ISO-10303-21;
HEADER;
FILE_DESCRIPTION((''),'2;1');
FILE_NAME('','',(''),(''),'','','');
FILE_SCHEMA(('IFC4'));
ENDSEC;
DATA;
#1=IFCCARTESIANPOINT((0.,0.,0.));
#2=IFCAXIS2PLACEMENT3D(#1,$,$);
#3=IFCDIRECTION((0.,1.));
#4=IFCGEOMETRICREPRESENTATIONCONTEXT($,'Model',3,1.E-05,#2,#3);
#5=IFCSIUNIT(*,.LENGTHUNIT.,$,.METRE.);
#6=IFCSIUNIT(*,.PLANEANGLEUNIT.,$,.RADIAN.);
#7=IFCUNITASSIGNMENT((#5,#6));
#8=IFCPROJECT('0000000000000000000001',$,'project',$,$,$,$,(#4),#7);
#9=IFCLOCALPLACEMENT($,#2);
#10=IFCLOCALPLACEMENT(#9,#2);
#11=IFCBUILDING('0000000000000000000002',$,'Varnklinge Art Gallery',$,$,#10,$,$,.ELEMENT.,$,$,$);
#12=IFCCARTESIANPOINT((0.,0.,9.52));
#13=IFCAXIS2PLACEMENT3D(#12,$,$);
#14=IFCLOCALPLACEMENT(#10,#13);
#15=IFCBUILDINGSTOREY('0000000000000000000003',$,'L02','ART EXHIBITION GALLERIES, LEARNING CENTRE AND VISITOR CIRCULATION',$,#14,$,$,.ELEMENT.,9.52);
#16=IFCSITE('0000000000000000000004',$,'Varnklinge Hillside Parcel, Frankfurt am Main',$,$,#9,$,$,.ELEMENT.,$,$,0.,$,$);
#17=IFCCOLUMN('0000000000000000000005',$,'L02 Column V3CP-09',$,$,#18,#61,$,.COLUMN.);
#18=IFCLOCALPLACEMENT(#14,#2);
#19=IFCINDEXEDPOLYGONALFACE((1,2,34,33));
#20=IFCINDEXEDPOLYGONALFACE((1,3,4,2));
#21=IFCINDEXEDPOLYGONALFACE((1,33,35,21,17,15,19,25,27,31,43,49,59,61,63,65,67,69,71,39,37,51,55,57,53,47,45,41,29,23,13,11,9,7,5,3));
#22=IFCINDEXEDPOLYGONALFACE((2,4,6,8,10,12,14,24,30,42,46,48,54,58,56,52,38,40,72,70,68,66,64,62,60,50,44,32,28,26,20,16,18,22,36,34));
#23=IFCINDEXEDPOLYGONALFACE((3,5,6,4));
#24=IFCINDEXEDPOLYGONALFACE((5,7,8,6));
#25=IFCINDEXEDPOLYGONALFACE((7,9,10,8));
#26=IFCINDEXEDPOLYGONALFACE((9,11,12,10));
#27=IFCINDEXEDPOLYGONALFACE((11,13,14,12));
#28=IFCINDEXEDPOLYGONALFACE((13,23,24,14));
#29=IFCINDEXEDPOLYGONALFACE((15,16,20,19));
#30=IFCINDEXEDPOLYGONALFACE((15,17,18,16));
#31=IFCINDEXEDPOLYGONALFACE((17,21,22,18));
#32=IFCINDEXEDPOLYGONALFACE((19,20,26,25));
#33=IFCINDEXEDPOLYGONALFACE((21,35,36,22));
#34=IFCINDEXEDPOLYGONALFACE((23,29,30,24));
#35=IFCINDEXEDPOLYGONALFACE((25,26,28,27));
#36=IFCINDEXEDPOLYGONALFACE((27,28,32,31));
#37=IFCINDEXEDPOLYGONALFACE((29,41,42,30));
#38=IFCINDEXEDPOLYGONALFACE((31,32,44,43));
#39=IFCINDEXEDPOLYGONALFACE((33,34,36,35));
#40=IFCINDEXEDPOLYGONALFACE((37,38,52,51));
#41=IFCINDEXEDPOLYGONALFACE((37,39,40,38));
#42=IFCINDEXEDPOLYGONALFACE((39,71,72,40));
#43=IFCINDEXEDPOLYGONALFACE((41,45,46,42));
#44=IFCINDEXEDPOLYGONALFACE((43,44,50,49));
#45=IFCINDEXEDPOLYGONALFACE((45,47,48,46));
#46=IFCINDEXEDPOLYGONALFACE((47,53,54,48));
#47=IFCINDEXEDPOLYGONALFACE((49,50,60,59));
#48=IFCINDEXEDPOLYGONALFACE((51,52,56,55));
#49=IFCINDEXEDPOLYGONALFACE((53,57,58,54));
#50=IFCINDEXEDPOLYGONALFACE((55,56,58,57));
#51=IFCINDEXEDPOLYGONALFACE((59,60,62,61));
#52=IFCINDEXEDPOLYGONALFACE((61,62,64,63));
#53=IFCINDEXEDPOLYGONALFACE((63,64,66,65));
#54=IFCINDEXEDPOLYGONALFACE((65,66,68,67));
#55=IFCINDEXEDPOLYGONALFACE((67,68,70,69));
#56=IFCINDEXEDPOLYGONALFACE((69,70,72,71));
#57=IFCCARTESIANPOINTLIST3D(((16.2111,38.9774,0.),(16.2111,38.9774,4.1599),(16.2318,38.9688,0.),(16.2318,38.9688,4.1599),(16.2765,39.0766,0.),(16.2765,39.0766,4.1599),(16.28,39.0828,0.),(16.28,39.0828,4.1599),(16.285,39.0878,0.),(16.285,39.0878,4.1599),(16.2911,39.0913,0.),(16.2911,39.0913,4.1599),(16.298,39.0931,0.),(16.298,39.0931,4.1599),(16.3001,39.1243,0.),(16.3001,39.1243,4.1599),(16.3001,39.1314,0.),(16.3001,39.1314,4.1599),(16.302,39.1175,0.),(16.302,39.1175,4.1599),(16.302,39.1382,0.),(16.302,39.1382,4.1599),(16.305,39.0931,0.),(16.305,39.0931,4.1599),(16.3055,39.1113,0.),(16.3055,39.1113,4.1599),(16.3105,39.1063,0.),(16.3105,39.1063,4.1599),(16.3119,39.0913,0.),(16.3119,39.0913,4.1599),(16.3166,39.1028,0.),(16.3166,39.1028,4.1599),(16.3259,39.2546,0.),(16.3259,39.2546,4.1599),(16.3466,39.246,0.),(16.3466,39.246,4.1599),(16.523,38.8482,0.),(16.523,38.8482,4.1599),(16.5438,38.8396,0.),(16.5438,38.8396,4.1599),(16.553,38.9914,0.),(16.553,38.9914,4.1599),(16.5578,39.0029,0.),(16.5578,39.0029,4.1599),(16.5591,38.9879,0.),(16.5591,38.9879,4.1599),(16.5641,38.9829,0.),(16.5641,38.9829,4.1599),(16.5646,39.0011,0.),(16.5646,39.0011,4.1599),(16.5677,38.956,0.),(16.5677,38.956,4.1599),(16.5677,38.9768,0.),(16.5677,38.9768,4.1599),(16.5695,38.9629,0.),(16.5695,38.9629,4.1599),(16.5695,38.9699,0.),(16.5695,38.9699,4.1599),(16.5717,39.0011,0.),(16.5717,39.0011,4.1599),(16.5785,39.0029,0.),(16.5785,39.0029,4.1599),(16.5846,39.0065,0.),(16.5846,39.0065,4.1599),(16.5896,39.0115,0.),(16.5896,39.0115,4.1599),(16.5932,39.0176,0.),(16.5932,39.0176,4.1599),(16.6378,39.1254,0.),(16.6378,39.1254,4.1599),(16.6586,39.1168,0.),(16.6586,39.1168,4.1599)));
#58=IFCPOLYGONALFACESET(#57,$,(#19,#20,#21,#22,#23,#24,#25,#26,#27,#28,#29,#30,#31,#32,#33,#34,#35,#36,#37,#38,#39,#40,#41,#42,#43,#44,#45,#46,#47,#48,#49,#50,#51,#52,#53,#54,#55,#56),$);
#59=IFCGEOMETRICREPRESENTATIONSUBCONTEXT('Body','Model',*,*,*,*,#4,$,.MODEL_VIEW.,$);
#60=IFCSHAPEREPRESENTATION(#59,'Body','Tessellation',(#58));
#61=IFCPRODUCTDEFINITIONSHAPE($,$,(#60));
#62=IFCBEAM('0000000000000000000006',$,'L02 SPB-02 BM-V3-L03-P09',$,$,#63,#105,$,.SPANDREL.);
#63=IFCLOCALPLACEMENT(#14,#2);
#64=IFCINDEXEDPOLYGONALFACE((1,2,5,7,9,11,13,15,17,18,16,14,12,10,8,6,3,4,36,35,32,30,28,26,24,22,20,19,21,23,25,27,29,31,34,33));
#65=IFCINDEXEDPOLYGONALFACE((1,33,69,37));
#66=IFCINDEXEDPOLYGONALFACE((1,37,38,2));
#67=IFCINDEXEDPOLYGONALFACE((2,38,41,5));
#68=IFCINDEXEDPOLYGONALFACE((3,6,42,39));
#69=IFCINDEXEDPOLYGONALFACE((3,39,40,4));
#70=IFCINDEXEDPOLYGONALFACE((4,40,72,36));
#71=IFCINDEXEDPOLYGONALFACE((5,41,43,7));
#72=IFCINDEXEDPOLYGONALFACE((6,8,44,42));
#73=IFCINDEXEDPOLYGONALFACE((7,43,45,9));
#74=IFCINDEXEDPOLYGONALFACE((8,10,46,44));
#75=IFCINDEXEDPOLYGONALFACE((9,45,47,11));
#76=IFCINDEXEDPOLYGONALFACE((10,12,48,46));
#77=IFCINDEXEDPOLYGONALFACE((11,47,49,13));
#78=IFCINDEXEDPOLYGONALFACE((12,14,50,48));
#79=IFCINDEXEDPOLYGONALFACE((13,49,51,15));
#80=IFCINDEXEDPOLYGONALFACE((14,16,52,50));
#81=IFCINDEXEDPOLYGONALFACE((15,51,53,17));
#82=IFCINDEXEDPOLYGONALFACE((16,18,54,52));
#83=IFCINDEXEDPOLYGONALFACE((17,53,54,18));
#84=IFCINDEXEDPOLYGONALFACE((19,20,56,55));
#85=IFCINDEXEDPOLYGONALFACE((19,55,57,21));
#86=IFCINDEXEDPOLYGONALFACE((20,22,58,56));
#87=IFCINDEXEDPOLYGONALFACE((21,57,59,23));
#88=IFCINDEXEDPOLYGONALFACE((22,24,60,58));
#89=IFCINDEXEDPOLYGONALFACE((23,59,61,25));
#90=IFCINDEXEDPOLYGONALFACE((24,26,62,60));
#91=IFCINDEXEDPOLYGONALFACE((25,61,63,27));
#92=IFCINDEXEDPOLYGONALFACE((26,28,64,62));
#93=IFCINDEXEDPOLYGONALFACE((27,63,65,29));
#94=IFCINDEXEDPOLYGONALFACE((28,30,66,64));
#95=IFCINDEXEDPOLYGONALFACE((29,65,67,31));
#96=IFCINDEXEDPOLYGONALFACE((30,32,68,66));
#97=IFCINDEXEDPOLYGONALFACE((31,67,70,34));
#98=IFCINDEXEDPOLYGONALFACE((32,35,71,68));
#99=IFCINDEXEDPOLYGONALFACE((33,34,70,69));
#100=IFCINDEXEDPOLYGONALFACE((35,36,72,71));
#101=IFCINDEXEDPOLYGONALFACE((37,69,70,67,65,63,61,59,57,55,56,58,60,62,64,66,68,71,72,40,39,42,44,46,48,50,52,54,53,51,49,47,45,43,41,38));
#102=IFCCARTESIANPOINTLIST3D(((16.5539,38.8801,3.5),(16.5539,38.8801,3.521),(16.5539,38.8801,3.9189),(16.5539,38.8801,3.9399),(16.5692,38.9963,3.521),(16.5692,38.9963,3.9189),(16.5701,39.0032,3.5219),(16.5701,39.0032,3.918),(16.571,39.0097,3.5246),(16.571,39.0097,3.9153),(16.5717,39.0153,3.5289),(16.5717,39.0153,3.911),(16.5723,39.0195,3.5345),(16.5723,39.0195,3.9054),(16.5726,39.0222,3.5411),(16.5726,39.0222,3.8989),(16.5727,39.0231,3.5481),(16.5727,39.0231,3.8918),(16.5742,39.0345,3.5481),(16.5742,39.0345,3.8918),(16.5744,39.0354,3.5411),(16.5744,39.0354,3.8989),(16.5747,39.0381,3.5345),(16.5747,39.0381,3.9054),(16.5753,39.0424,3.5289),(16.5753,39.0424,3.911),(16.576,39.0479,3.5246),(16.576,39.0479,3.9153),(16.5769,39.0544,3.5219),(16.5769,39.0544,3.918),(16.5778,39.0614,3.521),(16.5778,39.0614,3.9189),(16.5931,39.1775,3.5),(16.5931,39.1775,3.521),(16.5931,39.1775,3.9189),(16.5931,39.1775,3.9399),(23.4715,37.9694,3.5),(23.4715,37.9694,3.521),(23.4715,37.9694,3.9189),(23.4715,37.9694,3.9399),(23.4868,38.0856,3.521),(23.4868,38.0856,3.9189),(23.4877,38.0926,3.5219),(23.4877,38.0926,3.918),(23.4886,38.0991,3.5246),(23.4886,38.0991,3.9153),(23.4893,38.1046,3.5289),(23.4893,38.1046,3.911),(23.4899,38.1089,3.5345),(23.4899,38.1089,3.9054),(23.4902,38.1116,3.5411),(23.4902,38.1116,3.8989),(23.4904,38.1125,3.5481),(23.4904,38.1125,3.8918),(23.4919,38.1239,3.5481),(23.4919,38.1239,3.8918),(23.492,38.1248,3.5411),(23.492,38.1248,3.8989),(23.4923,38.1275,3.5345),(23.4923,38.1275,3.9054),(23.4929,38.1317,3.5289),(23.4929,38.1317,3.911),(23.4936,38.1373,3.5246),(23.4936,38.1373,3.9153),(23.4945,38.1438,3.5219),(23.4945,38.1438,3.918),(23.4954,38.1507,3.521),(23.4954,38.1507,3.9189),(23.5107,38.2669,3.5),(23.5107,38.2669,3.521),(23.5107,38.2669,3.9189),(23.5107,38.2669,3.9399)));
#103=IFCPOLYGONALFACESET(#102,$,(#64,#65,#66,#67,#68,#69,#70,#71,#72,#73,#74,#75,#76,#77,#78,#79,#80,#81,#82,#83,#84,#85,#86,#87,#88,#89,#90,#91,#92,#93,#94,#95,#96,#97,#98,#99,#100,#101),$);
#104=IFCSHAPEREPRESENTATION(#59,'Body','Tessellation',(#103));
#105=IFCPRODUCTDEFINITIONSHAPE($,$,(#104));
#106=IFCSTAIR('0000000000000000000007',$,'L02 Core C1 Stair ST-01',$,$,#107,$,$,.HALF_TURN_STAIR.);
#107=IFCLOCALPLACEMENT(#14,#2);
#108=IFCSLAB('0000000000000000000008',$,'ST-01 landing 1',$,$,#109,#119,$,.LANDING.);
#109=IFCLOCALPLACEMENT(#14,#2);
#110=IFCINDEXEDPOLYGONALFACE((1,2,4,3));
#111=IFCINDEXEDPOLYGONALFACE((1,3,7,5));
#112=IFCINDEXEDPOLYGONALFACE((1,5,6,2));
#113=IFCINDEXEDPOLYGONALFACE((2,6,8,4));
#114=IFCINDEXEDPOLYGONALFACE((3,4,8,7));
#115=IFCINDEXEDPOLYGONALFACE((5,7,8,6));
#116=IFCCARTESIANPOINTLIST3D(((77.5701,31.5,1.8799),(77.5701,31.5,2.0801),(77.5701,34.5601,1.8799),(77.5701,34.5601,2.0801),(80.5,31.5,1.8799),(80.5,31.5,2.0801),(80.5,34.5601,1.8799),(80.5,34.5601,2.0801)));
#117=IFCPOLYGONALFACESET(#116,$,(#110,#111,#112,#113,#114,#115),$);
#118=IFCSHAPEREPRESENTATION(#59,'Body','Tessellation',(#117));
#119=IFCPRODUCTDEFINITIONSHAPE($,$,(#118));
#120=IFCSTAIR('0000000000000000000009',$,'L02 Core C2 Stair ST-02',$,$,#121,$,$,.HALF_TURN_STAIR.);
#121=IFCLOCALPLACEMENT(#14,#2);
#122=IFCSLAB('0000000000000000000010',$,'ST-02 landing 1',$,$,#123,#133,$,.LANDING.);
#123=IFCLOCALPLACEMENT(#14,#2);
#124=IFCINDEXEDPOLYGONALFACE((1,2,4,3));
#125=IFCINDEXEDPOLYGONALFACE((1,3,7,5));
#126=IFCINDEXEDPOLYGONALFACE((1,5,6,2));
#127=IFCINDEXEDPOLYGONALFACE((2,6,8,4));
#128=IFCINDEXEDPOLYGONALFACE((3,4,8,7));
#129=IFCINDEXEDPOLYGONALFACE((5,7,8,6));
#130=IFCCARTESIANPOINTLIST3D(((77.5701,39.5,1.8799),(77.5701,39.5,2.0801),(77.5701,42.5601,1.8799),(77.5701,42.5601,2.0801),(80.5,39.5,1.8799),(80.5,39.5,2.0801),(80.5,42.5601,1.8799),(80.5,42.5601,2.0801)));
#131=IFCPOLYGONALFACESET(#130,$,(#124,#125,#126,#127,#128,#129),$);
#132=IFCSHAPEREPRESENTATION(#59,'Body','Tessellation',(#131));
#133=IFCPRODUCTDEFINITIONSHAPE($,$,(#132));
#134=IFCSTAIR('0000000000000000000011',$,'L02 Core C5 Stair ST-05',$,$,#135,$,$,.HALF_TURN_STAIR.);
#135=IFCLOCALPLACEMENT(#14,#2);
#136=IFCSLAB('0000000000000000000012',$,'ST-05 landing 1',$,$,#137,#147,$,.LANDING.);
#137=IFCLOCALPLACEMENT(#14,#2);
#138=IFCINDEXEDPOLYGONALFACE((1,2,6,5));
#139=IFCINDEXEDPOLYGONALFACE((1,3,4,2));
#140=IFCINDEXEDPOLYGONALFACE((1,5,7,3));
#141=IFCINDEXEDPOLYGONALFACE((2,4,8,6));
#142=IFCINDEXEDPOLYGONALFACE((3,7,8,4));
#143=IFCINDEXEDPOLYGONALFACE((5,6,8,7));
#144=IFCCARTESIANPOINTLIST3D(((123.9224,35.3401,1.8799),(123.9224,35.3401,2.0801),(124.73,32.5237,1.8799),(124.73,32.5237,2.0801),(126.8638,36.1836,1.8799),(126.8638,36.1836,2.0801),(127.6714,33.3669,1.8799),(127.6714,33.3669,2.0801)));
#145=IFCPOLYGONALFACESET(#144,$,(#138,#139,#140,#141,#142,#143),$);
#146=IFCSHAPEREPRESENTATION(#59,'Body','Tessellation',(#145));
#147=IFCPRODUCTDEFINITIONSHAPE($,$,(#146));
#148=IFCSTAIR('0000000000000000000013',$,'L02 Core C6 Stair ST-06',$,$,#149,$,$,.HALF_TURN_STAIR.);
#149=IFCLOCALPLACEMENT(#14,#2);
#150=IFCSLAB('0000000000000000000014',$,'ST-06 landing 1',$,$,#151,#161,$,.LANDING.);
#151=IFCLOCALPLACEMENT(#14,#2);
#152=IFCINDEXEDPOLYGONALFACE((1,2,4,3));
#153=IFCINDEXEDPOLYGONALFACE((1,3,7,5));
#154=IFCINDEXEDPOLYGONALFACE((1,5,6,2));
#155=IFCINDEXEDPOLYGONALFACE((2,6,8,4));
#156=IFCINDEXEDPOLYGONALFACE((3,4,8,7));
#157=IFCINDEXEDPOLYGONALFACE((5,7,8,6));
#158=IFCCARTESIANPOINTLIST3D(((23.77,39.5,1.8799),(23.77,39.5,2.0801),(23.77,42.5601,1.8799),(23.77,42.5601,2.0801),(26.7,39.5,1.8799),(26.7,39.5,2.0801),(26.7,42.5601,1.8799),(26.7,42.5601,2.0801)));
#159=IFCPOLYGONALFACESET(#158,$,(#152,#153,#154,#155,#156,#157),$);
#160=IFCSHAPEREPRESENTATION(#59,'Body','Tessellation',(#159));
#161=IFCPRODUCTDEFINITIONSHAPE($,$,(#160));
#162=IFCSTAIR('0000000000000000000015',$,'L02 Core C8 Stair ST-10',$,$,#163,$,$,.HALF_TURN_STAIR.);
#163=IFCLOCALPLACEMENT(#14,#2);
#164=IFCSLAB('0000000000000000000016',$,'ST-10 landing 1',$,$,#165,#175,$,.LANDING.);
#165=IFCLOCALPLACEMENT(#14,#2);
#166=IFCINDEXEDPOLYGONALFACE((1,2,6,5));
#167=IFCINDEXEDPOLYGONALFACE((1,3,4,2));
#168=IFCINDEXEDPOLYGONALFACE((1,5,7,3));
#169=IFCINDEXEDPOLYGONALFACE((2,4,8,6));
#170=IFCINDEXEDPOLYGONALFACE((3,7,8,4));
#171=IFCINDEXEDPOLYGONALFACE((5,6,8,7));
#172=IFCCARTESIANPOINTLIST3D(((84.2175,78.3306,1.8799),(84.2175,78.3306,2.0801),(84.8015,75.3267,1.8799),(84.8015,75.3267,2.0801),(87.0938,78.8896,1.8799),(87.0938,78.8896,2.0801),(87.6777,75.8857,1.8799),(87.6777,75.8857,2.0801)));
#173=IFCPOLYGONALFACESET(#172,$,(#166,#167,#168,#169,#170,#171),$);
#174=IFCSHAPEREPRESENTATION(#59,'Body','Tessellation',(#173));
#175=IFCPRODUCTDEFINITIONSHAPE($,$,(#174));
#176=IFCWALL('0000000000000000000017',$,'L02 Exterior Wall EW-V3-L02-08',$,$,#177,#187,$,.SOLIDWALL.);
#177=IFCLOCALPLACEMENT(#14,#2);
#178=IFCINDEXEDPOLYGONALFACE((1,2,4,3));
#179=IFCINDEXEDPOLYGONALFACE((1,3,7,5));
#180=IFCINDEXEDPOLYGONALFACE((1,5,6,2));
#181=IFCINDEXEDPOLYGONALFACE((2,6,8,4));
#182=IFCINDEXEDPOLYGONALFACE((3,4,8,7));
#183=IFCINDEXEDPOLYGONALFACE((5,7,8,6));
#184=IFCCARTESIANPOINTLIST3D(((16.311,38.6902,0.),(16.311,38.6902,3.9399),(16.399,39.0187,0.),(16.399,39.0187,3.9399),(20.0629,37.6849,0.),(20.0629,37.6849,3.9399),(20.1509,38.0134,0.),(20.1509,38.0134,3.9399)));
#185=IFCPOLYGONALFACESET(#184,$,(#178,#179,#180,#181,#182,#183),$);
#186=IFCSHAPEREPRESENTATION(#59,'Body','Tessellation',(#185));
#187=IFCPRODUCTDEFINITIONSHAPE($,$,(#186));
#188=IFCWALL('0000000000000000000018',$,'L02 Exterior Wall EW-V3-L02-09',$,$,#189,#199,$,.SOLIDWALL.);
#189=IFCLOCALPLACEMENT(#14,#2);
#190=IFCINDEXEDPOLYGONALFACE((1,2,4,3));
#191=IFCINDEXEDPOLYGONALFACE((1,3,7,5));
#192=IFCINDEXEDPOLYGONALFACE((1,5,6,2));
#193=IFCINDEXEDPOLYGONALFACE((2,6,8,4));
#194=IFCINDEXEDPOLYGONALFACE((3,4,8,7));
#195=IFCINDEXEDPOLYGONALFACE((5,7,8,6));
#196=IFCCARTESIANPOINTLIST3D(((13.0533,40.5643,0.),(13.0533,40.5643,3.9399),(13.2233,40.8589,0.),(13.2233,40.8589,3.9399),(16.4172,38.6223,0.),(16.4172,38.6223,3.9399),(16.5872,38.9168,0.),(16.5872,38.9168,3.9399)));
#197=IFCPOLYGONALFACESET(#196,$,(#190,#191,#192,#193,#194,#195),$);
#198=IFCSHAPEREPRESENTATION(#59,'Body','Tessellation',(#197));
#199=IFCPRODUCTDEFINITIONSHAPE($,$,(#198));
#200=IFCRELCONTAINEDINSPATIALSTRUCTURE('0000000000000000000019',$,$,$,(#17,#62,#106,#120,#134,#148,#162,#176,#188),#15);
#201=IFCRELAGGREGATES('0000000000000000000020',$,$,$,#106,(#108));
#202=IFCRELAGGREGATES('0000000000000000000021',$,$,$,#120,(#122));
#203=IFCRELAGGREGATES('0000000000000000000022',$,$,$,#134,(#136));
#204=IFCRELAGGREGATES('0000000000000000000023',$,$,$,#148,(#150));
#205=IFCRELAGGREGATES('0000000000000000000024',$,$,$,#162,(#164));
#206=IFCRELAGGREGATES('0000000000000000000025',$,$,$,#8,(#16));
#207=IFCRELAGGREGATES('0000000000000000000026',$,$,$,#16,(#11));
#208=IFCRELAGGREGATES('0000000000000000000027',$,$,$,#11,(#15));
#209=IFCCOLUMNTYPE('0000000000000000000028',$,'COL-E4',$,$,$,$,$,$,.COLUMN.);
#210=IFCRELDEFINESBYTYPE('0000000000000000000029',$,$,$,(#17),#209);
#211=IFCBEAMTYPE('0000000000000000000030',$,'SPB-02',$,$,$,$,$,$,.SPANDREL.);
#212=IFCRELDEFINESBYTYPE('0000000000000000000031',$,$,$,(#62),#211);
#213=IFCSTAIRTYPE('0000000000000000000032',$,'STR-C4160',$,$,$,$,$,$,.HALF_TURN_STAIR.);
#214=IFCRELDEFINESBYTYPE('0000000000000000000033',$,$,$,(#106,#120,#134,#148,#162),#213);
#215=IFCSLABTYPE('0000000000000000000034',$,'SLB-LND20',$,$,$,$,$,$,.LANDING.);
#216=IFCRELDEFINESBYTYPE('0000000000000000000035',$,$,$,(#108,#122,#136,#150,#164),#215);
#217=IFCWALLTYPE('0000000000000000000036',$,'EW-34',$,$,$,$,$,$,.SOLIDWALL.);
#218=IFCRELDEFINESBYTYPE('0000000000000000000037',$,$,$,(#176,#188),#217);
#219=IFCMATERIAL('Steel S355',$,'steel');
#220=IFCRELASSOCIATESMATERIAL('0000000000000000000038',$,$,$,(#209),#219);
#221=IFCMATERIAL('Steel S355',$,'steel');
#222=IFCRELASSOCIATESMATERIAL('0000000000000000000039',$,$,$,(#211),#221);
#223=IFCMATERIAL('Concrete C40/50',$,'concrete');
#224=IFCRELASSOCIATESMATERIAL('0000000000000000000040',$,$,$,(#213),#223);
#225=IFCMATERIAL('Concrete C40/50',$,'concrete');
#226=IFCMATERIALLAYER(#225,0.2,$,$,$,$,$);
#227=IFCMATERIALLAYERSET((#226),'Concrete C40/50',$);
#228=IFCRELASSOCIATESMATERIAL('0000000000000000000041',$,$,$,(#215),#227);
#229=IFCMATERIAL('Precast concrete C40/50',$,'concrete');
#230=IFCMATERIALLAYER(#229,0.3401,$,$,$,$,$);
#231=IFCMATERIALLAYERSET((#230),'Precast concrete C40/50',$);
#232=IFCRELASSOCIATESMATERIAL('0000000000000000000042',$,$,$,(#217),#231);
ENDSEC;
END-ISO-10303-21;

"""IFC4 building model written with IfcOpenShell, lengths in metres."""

from ifc_helpers import new_model, si_unit, direction, frame, frame_2d, origin, origin_2d, place, context, subcontext, project, spatial, polyline, rectangle, i_section, outline, extrude, material, layer, layer_set, material_profile, profile_set, type_object, element, aggregate, save


model = new_model("IFC4")

# Units and contexts
model_context = context("Model", 3, precision=1e-05, world=origin(), true_north=direction((0.0, 1.0)))
body_context = subcontext(model_context, "Body", "Model", "MODEL_VIEW")
ifc_project = project(units=[si_unit("LENGTHUNIT", "METRE"), si_unit("PLANEANGLEUNIT", "RADIAN")], contexts=[model_context])

# Site, building, storey
site_placement = place(None, origin())
site = spatial("IfcSite", under=ifc_project, at=site_placement, Name="Varnklinge Hillside Parcel, Frankfurt am Main", CompositionType="ELEMENT", RefElevation=0.0)
building_placement = place(site_placement, origin())
building = spatial("IfcBuilding", under=site, at=building_placement, Name="Varnklinge Art Gallery", CompositionType="ELEMENT")
storey_placement = place(building_placement, frame((0.0, 0.0, 9.52)))
storey = spatial("IfcBuildingStorey", under=building, at=storey_placement, Name="L02", Description="ART EXHIBITION GALLERIES, LEARNING CENTRE AND VISITOR CIRCULATION", CompositionType="ELEMENT", Elevation=9.52)

# Column
ifc_material_1 = material(Name="Steel S355", Category="steel")
ifc_material_profile_1 = material_profile(ifc_material_1, i_section(OverallWidth=0.3, OverallDepth=0.3601, WebThickness=0.0125, FlangeThickness=0.0225, FilletRadius=0.0271, at=origin_2d()), Name="HEB 360")
ifc_profile_set_1 = profile_set([ifc_material_profile_1], Name="Steel S355")
column_type = type_object("IfcColumnType", Name="COL-E4", PredefinedType="COLUMN", material=ifc_profile_set_1)
column_placement = place(storey_placement, frame((16.4348, 39.0471, 0.0), z_axis=(0.0, 0.0, 1.0), x_axis=(-0.382683, -0.92388, 0.0)))
element("IfcColumn", 1, at=column_placement, inside=storey, type_object=column_type, Name="L02 Column V3CP-09", PredefinedType="COLUMN", context=body_context, shape_type="SweptSolid", body=[
    extrude(i_section(OverallWidth=0.3, OverallDepth=0.3601, WebThickness=0.0125, FlangeThickness=0.0225, FilletRadius=0.0271, at=origin_2d()), origin(), (0.0, 0.0, 1.0), 4.1599),
])

# Beam
ifc_material_2 = material(Name="Steel S355", Category="steel")
ifc_material_profile_2 = material_profile(ifc_material_2, i_section(OverallWidth=0.3, OverallDepth=0.4399, WebThickness=0.0115, FlangeThickness=0.021, FilletRadius=0.0271, at=origin_2d()), Name="HEA 450")
ifc_profile_set_2 = profile_set([ifc_material_profile_2], Name="Steel S355")
beam_type = type_object("IfcBeamType", Name="SPB-02", PredefinedType="SPANDREL", material=ifc_profile_set_2)
beam_placement = place(storey_placement, frame((16.5735, 39.0288, 3.72), z_axis=(0.991447, -0.130513, 0.0), x_axis=(0.130513, 0.991447, 0.0)))
element("IfcBeam", 2, at=beam_placement, inside=storey, type_object=beam_type, Name="L02 SPB-02 BM-V3-L03-P09", PredefinedType="SPANDREL", context=body_context, shape_type="SweptSolid", body=[
    extrude(i_section(OverallWidth=0.3, OverallDepth=0.4399, WebThickness=0.0115, FlangeThickness=0.021, FilletRadius=0.0271, at=origin_2d()), origin(), (0.0, 0.0, 1.0), 6.9773),
])

# Stairs, slabs
ifc_material_3 = material(Name="Concrete C40/50", Category="concrete")
stair_type = type_object("IfcStairType", Name="STR-C4160", PredefinedType="HALF_TURN_STAIR", material=ifc_material_3)
stair_1_placement = place(storey_placement, origin())
stair_1 = element("IfcStair", 3, at=stair_1_placement, inside=storey, type_object=stair_type, Name="L02 Core C1 Stair ST-01", PredefinedType="HALF_TURN_STAIR")
ifc_material_4 = material(Name="Concrete C40/50", Category="concrete")
ifc_layer_1 = layer(ifc_material_4, 0.2)
ifc_layer_set_1 = layer_set([ifc_layer_1], Name="Concrete C40/50")
slab_type = type_object("IfcSlabType", Name="SLB-LND20", PredefinedType="LANDING", material=ifc_layer_set_1)
slab_1_placement = place(storey_placement, frame((0.0, 0.0, 1.8799)))
slab_1 = element("IfcSlab", 4, at=slab_1_placement, type_object=slab_type, Name="ST-01 landing 1", PredefinedType="LANDING", context=body_context, shape_type="SweptSolid", body=[
    extrude(outline(polyline([(77.5701, 31.5), (80.5, 31.5), (80.5, 34.5601), (77.5701, 34.5601), (77.5701, 31.5)])), origin(), (0.0, 0.0, 1.0), 0.2002),
])
aggregate(stair_1, [slab_1])
stair_2_placement = place(storey_placement, origin())
stair_2 = element("IfcStair", 5, at=stair_2_placement, inside=storey, type_object=stair_type, Name="L02 Core C2 Stair ST-02", PredefinedType="HALF_TURN_STAIR")
slab_2_placement = place(storey_placement, frame((0.0, 0.0, 1.8799)))
slab_2 = element("IfcSlab", 6, at=slab_2_placement, type_object=slab_type, Name="ST-02 landing 1", PredefinedType="LANDING", context=body_context, shape_type="SweptSolid", body=[
    extrude(outline(polyline([(77.5701, 39.5), (80.5, 39.5), (80.5, 42.5601), (77.5701, 42.5601), (77.5701, 39.5)])), origin(), (0.0, 0.0, 1.0), 0.2002),
])
aggregate(stair_2, [slab_2])
stair_3_placement = place(storey_placement, origin())
stair_3 = element("IfcStair", 7, at=stair_3_placement, inside=storey, type_object=stair_type, Name="L02 Core C5 Stair ST-05", PredefinedType="HALF_TURN_STAIR")
slab_3_placement = place(storey_placement, frame((0.0, 0.0, 1.8799)))
slab_3 = element("IfcSlab", 8, at=slab_3_placement, type_object=slab_type, Name="ST-05 landing 1", PredefinedType="LANDING", context=body_context, shape_type="SweptSolid", body=[
    extrude(outline(polyline([(127.6714, 33.3669), (126.8638, 36.1836), (123.9224, 35.3401), (124.73, 32.5237), (127.6714, 33.3669)])), origin(), (0.0, 0.0, 1.0), 0.2002),
])
aggregate(stair_3, [slab_3])
stair_4_placement = place(storey_placement, origin())
stair_4 = element("IfcStair", 9, at=stair_4_placement, inside=storey, type_object=stair_type, Name="L02 Core C6 Stair ST-06", PredefinedType="HALF_TURN_STAIR")
slab_4_placement = place(storey_placement, frame((0.0, 0.0, 1.8799)))
slab_4 = element("IfcSlab", 10, at=slab_4_placement, type_object=slab_type, Name="ST-06 landing 1", PredefinedType="LANDING", context=body_context, shape_type="SweptSolid", body=[
    extrude(outline(polyline([(23.77, 39.5), (26.7, 39.5), (26.7, 42.5601), (23.77, 42.5601), (23.77, 39.5)])), origin(), (0.0, 0.0, 1.0), 0.2002),
])
aggregate(stair_4, [slab_4])
stair_5_placement = place(storey_placement, origin())
stair_5 = element("IfcStair", 11, at=stair_5_placement, inside=storey, type_object=stair_type, Name="L02 Core C8 Stair ST-10", PredefinedType="HALF_TURN_STAIR")
slab_5_placement = place(storey_placement, frame((0.0, 0.0, 1.8799)))
slab_5 = element("IfcSlab", 12, at=slab_5_placement, type_object=slab_type, Name="ST-10 landing 1", PredefinedType="LANDING", context=body_context, shape_type="SweptSolid", body=[
    extrude(outline(polyline([(84.8015, 75.3267), (87.6777, 75.8857), (87.0938, 78.8896), (84.2175, 78.3306), (84.8015, 75.3267)])), origin(), (0.0, 0.0, 1.0), 0.2002),
])
aggregate(stair_5, [slab_5])

# Walls
ifc_material_5 = material(Name="Precast concrete C40/50", Category="concrete")
ifc_layer_2 = layer(ifc_material_5, 0.3401)
ifc_layer_set_2 = layer_set([ifc_layer_2], Name="Precast concrete C40/50")
wall_type_1 = type_object("IfcWallType", Name="EW-34", PredefinedType="SOLIDWALL", material=ifc_layer_set_2)
for number, where, z_axis, x_axis, name in (
    (13, (20.1069, 37.8491, 0.0), (0.0, 0.0, 1.0), (-0.965923, 0.258828, 0.0), "L02 Exterior Wall EW-V3-L02-08"),
    (14, (16.5022, 38.7695, 0.0), (0.0, 0.0, 1.0), (-0.866034, 0.499985, 0.0), "L02 Exterior Wall EW-V3-L02-09"),
):
    element("IfcWall", number, at=place(storey_placement, frame(where, z_axis=z_axis, x_axis=x_axis)), inside=storey, type_object=wall_type_1, Name=name, PredefinedType="SOLIDWALL", context=body_context, shape_type="SweptSolid", body=[
        extrude(rectangle(XDim=3.8843, YDim=0.3401, at=frame_2d((1.9421, 0.0))), origin(), (0.0, 0.0, 1.0), 3.9399),
    ])

save(model, "model.ifc")
